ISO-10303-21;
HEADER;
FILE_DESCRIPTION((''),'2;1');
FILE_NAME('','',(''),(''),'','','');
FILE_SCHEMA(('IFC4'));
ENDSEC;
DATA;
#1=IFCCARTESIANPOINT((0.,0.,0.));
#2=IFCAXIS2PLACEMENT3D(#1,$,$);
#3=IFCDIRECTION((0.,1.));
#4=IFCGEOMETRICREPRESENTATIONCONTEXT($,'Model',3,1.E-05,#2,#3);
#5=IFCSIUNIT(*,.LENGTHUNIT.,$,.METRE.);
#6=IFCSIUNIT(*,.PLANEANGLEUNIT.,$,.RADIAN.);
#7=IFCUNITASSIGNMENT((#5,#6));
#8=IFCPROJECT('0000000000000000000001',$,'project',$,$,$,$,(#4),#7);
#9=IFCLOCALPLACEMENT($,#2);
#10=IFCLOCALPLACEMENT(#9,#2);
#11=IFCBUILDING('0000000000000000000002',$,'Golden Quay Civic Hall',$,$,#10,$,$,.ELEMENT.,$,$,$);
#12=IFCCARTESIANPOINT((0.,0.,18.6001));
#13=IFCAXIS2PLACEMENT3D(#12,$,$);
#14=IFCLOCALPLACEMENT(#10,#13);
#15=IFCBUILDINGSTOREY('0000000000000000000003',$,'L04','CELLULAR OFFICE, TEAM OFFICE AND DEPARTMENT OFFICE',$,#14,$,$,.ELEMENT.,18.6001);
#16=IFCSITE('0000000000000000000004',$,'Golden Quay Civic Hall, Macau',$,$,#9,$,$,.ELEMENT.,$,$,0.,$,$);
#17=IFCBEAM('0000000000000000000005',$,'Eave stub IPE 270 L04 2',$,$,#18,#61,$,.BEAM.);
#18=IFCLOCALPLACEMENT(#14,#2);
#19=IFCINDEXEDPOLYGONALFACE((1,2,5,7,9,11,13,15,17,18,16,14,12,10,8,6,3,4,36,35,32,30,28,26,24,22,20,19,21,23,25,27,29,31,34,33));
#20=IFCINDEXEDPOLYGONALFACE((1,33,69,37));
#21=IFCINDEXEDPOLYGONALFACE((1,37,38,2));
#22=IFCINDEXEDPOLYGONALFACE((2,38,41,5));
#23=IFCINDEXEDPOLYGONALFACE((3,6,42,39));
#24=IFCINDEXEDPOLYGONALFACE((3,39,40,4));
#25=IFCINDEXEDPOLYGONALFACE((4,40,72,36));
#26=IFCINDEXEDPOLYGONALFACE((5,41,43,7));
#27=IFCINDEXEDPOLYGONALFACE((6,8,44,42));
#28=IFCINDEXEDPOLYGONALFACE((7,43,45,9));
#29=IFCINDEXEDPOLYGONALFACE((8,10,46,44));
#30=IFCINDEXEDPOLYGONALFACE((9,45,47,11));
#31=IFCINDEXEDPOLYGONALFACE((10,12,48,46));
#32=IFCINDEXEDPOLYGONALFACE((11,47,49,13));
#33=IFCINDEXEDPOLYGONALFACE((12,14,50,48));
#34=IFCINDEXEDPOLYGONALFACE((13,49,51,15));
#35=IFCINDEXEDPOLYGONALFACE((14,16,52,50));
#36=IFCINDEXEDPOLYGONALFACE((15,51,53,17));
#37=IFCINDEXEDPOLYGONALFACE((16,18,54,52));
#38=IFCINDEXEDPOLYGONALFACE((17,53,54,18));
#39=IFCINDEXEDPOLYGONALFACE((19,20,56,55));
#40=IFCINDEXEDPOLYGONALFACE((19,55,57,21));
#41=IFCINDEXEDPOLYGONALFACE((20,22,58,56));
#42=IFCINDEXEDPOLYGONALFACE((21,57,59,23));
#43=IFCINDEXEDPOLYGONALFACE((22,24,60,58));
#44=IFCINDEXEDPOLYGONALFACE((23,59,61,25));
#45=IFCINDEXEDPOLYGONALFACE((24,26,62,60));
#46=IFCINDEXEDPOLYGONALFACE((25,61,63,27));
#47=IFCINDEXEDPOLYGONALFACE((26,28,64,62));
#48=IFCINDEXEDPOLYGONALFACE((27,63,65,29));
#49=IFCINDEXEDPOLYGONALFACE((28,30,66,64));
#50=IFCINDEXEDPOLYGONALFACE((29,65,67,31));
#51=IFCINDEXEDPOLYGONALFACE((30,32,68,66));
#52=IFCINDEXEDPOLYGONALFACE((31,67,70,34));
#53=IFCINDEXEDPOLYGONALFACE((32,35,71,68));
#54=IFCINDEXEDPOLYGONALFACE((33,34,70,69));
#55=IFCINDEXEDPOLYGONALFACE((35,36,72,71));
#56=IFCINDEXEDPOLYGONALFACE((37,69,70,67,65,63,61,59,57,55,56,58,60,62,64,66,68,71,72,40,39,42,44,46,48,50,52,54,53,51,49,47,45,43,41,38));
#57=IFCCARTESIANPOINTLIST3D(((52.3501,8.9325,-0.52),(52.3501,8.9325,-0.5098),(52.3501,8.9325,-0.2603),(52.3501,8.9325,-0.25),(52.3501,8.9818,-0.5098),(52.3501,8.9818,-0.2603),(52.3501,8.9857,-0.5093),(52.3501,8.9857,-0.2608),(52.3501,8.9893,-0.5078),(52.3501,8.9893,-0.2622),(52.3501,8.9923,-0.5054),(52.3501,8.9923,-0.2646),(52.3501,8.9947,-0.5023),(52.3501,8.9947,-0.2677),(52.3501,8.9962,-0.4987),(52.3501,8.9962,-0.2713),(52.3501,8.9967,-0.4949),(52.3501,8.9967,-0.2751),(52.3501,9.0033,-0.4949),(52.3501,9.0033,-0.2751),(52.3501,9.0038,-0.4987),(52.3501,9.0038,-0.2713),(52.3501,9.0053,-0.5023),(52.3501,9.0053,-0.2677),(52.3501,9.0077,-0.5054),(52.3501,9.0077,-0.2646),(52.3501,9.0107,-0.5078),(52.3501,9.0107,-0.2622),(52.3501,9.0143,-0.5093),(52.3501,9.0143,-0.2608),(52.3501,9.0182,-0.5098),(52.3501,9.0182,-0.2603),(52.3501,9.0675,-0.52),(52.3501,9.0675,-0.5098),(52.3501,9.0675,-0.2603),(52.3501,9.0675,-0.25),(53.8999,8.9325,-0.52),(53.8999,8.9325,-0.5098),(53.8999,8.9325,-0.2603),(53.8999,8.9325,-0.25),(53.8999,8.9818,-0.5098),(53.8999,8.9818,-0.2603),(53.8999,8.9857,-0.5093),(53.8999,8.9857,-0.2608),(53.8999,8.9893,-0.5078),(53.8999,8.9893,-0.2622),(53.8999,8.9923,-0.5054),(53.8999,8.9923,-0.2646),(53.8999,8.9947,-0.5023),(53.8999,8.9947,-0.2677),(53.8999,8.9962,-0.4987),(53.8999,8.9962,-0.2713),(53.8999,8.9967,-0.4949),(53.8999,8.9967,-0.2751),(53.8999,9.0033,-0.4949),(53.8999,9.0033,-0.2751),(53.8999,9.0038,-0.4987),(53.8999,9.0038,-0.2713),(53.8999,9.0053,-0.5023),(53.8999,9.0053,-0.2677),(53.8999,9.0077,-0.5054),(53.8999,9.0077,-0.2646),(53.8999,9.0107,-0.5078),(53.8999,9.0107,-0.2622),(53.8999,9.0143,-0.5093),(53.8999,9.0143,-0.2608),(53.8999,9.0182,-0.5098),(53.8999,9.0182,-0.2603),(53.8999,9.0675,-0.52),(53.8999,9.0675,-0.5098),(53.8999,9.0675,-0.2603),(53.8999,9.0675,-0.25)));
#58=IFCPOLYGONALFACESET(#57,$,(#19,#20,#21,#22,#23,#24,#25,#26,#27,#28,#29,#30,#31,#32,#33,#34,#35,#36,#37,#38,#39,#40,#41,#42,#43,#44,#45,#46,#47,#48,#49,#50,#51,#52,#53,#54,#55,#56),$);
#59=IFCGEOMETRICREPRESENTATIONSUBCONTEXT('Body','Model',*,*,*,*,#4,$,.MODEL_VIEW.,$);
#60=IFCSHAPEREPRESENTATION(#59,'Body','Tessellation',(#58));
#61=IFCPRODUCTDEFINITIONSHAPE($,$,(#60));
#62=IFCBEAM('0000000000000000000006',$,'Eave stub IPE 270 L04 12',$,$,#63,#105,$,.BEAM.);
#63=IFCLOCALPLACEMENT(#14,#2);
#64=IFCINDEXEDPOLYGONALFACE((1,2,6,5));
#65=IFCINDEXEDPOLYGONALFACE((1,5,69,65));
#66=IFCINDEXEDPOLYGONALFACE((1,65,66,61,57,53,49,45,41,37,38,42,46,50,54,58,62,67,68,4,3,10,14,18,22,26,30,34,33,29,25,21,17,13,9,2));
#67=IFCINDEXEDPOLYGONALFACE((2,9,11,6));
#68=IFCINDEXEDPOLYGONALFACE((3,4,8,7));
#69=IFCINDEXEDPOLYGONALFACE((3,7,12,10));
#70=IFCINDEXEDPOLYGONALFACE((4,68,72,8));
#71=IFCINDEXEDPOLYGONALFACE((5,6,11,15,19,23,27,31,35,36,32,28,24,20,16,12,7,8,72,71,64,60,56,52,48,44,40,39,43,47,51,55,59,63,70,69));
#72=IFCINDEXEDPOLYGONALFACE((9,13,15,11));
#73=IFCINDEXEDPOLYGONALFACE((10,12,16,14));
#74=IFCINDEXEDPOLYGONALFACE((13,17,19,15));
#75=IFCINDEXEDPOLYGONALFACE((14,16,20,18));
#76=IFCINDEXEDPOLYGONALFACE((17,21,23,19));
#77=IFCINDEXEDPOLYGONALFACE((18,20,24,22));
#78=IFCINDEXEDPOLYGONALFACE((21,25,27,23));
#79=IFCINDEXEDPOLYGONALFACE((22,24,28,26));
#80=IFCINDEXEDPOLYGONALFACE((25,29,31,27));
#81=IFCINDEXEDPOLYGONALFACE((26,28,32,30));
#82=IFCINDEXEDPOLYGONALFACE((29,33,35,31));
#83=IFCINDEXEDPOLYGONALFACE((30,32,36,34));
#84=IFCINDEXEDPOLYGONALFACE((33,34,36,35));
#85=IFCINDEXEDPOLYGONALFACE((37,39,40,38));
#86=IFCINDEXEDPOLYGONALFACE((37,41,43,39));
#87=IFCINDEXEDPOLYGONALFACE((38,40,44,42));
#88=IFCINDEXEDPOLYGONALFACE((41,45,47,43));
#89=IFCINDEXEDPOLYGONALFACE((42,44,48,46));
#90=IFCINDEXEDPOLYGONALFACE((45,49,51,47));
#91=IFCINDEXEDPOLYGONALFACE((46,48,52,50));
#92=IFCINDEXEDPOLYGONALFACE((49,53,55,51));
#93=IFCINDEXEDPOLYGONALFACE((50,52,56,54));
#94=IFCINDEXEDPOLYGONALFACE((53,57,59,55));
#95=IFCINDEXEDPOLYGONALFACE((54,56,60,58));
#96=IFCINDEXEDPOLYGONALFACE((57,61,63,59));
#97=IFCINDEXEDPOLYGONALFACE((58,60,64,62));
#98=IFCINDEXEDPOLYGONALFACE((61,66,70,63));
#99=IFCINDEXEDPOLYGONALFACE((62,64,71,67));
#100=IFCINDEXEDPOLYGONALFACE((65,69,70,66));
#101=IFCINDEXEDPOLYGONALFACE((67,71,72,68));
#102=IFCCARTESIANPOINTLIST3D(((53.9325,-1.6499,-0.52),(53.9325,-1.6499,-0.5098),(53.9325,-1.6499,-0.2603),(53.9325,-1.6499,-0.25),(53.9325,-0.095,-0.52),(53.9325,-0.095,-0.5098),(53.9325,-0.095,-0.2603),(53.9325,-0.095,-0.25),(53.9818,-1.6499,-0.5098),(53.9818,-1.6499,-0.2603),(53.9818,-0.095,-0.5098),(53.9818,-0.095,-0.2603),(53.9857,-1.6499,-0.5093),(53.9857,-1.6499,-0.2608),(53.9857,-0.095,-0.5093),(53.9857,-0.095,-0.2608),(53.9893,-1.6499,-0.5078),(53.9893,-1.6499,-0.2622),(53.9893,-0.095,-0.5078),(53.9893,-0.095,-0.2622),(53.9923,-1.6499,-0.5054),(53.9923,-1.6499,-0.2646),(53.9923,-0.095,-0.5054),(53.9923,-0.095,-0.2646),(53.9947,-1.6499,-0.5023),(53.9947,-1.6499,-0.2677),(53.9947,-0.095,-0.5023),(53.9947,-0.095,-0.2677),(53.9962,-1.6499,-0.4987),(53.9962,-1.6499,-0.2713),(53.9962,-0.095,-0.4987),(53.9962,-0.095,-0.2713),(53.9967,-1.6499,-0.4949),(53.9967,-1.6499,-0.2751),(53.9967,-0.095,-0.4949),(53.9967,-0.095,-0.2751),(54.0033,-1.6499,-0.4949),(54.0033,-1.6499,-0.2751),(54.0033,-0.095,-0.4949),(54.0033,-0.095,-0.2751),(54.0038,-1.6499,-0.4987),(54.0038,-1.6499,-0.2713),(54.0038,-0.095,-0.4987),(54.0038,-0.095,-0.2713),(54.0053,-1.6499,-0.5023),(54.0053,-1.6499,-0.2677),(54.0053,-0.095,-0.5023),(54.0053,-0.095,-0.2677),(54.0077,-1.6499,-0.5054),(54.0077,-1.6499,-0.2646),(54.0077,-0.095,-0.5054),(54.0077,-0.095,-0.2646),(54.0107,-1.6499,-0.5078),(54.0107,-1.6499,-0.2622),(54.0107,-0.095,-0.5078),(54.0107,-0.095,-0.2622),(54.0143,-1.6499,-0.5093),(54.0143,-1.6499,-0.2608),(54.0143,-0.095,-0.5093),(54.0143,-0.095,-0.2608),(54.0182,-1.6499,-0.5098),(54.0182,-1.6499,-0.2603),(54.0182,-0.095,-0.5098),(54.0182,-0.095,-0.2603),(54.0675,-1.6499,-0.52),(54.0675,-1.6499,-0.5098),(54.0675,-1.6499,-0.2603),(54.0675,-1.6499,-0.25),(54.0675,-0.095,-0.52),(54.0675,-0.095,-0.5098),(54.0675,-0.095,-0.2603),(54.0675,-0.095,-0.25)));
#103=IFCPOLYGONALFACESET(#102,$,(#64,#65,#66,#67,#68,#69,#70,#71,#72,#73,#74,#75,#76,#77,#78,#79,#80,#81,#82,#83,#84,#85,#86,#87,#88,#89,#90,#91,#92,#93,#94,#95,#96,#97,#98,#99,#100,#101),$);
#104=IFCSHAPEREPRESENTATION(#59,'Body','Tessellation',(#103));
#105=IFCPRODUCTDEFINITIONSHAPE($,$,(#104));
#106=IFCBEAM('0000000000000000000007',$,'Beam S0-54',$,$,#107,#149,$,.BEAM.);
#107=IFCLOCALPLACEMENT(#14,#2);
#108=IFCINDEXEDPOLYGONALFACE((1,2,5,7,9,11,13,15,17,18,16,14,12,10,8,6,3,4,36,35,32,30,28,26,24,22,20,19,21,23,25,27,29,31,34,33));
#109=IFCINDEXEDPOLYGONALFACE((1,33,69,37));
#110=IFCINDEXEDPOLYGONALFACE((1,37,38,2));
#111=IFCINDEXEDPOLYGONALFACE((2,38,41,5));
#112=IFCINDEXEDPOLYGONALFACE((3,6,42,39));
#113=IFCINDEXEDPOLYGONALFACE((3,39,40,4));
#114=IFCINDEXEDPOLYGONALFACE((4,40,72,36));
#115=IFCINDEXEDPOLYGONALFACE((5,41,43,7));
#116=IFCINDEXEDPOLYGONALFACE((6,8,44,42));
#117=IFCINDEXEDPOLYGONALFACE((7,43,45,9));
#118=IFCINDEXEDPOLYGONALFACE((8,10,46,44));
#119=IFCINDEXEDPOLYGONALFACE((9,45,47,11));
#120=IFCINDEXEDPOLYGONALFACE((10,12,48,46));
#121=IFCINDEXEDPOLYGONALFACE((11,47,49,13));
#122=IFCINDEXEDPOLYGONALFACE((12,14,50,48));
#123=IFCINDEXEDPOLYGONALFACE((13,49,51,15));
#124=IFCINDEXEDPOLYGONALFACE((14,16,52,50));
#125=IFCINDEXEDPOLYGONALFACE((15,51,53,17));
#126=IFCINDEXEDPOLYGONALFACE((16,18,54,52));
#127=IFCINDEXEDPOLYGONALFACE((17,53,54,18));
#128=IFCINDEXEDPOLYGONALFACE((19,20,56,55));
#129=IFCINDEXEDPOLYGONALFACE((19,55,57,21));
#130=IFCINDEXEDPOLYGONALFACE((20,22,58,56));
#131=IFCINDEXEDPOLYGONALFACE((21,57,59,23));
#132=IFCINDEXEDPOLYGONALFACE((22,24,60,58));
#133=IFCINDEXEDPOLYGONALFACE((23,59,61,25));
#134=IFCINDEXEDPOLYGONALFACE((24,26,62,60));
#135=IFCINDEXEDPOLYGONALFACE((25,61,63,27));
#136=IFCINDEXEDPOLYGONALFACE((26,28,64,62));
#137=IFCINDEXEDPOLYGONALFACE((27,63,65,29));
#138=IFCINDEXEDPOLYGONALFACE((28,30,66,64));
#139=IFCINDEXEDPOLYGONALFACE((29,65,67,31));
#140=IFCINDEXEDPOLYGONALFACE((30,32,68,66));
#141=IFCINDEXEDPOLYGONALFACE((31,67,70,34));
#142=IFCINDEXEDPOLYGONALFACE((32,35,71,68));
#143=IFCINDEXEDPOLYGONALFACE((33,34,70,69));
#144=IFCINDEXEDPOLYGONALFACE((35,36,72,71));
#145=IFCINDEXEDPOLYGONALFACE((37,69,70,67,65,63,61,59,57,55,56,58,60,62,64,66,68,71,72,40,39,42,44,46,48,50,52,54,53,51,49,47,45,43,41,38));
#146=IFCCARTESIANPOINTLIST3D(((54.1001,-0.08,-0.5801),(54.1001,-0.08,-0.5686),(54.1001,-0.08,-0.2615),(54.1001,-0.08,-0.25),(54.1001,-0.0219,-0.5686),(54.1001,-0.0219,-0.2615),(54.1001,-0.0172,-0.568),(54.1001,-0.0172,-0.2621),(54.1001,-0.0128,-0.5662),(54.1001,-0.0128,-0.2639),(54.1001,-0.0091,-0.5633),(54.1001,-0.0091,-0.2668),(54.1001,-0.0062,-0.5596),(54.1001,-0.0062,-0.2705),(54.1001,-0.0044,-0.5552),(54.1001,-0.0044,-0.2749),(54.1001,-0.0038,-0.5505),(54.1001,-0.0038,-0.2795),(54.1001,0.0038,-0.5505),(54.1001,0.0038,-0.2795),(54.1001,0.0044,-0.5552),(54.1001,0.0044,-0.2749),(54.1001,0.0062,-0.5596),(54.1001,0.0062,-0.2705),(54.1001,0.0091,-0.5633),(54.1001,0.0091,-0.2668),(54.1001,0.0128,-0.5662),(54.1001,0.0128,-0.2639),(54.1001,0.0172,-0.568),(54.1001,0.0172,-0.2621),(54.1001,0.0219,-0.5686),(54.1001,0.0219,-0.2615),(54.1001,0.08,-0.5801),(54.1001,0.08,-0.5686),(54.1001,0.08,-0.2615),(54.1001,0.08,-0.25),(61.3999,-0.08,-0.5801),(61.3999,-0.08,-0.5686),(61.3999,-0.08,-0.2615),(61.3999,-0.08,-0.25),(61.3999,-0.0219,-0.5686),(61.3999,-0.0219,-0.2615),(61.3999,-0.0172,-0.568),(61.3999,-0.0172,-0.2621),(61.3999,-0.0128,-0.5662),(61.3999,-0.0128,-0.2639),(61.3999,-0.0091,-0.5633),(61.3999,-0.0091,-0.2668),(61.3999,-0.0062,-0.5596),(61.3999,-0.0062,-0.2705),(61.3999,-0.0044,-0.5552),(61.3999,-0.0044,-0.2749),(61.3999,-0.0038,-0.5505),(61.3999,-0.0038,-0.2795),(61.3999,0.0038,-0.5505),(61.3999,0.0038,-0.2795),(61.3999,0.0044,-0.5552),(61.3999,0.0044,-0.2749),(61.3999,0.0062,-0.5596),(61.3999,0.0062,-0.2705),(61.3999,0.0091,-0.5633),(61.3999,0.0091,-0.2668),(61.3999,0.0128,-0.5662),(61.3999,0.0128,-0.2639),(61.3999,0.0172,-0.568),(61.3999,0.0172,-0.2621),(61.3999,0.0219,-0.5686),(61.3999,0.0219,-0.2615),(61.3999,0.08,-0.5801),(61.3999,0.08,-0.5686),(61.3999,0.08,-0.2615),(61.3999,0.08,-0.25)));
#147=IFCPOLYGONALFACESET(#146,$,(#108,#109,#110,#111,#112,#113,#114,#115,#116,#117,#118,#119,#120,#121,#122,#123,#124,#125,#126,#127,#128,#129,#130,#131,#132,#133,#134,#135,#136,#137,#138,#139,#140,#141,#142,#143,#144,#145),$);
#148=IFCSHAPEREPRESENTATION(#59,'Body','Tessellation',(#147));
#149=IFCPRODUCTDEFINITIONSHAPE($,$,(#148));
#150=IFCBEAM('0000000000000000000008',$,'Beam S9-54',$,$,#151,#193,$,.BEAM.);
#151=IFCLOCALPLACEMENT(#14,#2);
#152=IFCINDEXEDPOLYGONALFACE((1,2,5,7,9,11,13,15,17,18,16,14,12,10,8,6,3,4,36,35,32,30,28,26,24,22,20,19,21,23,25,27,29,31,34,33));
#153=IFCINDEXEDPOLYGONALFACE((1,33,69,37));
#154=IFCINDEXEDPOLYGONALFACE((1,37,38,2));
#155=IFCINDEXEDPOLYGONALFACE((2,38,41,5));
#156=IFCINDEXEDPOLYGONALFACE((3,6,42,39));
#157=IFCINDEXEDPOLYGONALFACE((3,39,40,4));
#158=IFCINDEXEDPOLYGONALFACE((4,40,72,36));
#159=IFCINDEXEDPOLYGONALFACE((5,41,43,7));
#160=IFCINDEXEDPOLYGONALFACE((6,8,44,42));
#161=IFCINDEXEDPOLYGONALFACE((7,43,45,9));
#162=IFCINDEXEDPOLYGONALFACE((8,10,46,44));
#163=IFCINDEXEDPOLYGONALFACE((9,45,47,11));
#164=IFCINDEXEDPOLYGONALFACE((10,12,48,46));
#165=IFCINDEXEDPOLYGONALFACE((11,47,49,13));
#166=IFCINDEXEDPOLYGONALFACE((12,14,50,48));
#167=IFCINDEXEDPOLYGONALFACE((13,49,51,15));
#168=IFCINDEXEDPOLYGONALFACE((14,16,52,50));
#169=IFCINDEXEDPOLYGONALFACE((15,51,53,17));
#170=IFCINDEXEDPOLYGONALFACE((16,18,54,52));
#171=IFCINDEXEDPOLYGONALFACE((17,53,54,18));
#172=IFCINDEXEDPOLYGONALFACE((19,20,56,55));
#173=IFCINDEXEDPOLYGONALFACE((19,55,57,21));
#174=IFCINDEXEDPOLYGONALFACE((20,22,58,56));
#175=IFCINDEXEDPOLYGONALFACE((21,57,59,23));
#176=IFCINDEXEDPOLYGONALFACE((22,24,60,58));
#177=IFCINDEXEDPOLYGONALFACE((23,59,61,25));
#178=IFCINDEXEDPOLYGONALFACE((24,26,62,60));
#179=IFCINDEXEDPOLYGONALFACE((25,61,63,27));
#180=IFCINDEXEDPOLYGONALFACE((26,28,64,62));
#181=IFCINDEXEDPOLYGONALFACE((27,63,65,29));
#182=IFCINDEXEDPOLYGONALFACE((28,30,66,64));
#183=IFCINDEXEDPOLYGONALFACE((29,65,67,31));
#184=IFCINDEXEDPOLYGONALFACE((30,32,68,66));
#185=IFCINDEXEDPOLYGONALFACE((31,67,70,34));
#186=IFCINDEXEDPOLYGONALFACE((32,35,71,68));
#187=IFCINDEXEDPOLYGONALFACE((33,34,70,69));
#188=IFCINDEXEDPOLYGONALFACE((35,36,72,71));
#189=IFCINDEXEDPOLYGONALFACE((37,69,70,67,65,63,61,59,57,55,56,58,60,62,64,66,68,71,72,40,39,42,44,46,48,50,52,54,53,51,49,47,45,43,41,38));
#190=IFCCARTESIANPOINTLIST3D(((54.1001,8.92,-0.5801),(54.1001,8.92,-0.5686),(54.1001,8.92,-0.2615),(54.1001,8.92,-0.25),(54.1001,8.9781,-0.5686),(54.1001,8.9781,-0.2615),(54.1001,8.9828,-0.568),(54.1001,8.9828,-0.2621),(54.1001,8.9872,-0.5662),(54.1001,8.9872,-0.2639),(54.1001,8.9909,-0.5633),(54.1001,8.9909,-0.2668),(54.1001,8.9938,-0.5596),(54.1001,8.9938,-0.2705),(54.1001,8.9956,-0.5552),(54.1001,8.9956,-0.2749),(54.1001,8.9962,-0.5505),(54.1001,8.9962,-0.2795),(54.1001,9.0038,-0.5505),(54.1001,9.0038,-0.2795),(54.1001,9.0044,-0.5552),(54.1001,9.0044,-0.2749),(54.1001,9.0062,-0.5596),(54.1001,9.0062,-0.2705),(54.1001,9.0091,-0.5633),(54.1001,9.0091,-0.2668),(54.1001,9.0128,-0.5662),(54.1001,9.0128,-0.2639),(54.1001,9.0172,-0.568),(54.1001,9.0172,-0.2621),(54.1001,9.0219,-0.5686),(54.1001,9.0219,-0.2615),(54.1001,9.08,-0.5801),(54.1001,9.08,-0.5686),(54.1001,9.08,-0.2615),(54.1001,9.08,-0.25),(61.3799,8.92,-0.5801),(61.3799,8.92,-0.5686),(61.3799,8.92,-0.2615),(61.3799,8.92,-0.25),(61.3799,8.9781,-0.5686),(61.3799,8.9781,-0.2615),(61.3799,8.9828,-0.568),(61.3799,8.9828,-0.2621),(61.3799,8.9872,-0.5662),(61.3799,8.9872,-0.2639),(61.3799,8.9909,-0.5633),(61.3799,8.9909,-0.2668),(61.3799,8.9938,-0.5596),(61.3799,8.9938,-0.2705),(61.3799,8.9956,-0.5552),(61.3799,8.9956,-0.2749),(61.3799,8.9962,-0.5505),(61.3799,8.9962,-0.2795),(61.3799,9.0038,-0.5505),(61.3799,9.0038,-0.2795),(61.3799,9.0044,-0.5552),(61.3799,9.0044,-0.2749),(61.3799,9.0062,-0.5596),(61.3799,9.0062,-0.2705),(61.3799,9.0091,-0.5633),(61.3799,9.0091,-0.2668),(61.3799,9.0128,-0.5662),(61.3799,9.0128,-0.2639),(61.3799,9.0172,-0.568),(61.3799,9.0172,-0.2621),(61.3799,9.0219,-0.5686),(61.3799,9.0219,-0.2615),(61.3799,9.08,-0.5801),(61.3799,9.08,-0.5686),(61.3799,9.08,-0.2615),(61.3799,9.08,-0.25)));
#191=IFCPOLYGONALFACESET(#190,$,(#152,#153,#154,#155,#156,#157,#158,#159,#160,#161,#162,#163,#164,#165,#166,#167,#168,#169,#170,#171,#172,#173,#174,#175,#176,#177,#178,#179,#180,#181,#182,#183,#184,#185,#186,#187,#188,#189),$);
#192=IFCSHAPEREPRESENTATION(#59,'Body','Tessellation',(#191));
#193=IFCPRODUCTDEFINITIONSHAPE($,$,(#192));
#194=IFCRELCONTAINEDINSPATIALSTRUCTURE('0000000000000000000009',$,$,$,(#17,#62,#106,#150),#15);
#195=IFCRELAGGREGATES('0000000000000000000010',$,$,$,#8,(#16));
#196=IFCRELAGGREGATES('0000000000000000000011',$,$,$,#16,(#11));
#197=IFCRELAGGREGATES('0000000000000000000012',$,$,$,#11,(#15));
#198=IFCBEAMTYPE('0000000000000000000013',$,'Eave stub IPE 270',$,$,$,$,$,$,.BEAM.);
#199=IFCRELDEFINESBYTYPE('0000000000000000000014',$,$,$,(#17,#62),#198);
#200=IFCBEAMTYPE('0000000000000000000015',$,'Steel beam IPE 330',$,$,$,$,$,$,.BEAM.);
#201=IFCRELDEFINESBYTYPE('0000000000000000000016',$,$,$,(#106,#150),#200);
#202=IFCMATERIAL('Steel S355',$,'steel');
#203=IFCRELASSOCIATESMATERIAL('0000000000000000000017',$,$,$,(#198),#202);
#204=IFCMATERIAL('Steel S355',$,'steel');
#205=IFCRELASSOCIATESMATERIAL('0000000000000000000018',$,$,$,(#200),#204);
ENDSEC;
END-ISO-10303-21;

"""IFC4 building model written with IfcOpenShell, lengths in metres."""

from ifc_helpers import new_model, si_unit, direction, frame, origin, origin_2d, place, context, subcontext, project, spatial, i_section, extrude, material, material_profile, profile_set, type_object, element, save


model = new_model("IFC4")

# Units and contexts
model_context = context("Model", 3, precision=1e-05, world=origin(), true_north=direction((0.0, 1.0)))
body_context = subcontext(model_context, "Body", "Model", "MODEL_VIEW")
ifc_project = project(units=[si_unit("LENGTHUNIT", "METRE"), si_unit("PLANEANGLEUNIT", "RADIAN")], contexts=[model_context])

# Site, building, storey
site_placement = place(None, origin())
site = spatial("IfcSite", under=ifc_project, at=site_placement, Name="Golden Quay Civic Hall, Macau", CompositionType="ELEMENT", RefElevation=0.0)
building_placement = place(site_placement, origin())
building = spatial("IfcBuilding", under=site, at=building_placement, Name="Golden Quay Civic Hall", CompositionType="ELEMENT")
storey_placement = place(building_placement, frame((0.0, 0.0, 18.6001)))
storey = spatial("IfcBuildingStorey", under=building, at=storey_placement, Name="L04", Description="CELLULAR OFFICE, TEAM OFFICE AND DEPARTMENT OFFICE", CompositionType="ELEMENT", Elevation=18.6001)

# Beams
ifc_material_1 = material(Name="Steel S355", Category="steel")
ifc_material_profile_1 = material_profile(ifc_material_1, i_section(OverallWidth=0.135, OverallDepth=0.27, WebThickness=0.0066, FlangeThickness=0.0103, FilletRadius=0.0149, at=origin_2d()), Name="IPE 270")
ifc_profile_set_1 = profile_set([ifc_material_profile_1], Name="Steel S355")
beam_type_1 = type_object("IfcBeamType", Name="Eave stub IPE 270", PredefinedType="BEAM", material=ifc_profile_set_1)
for number, where, z_axis, x_axis, name in (
    (1, (53.8999, 9.0, -0.385), (-1.0, 0.0, 0.0), (0.0, -1.0, 0.0), "Eave stub IPE 270 L04 2"),
):
    element("IfcBeam", number, at=place(storey_placement, frame(where, z_axis=z_axis, x_axis=x_axis)), inside=storey, type_object=beam_type_1, Name=name, PredefinedType="BEAM", context=body_context, shape_type="SweptSolid", body=[
        extrude(i_section(OverallWidth=0.135, OverallDepth=0.27, WebThickness=0.0066, FlangeThickness=0.0103, FilletRadius=0.0149, at=origin_2d()), origin(), (0.0, 0.0, 1.0), 1.5498),
    ])
beam_1_placement = place(storey_placement, frame((54.0, -0.095, -0.385), z_axis=(0.0, -1.0, 0.0), x_axis=(1.0, 0.0, 0.0)))
element("IfcBeam", 2, at=beam_1_placement, inside=storey, type_object=beam_type_1, Name="Eave stub IPE 270 L04 12", PredefinedType="BEAM", context=body_context, shape_type="SweptSolid", body=[
    extrude(i_section(OverallWidth=0.135, OverallDepth=0.27, WebThickness=0.0066, FlangeThickness=0.0103, FilletRadius=0.0149, at=origin_2d()), origin(), (0.0, 0.0, 1.0), 1.5549),
])
ifc_material_2 = material(Name="Steel S355", Category="steel")
ifc_material_profile_2 = material_profile(ifc_material_2, i_section(OverallWidth=0.1599, OverallDepth=0.3301, WebThickness=0.0076, FlangeThickness=0.0115, FilletRadius=0.0181, at=origin_2d()), Name="IPE 330")
ifc_profile_set_2 = profile_set([ifc_material_profile_2], Name="Steel S355")
beam_type_2 = type_object("IfcBeamType", Name="Steel beam IPE 330", PredefinedType="BEAM", material=ifc_profile_set_2)
beam_2_placement = place(storey_placement, frame((54.1001, 0.0, -0.415), z_axis=(1.0, 0.0, 0.0), x_axis=(0.0, 1.0, 0.0)))
element("IfcBeam", 3, at=beam_2_placement, inside=storey, type_object=beam_type_2, Name="Beam S0-54", PredefinedType="BEAM", context=body_context, shape_type="SweptSolid", body=[
    extrude(i_section(OverallWidth=0.1599, OverallDepth=0.3301, WebThickness=0.0076, FlangeThickness=0.0115, FilletRadius=0.0181, at=origin_2d()), origin(), (0.0, 0.0, 1.0), 7.2998),
])
beam_3_placement = place(storey_placement, frame((54.1001, 9.0, -0.415), z_axis=(1.0, 0.0, 0.0), x_axis=(0.0, 1.0, 0.0)))
element("IfcBeam", 4, at=beam_3_placement, inside=storey, type_object=beam_type_2, Name="Beam S9-54", PredefinedType="BEAM", context=body_context, shape_type="SweptSolid", body=[
    extrude(i_section(OverallWidth=0.1599, OverallDepth=0.3301, WebThickness=0.0076, FlangeThickness=0.0115, FilletRadius=0.0181, at=origin_2d()), origin(), (0.0, 0.0, 1.0), 7.2798),
])

save(model, "model.ifc")
